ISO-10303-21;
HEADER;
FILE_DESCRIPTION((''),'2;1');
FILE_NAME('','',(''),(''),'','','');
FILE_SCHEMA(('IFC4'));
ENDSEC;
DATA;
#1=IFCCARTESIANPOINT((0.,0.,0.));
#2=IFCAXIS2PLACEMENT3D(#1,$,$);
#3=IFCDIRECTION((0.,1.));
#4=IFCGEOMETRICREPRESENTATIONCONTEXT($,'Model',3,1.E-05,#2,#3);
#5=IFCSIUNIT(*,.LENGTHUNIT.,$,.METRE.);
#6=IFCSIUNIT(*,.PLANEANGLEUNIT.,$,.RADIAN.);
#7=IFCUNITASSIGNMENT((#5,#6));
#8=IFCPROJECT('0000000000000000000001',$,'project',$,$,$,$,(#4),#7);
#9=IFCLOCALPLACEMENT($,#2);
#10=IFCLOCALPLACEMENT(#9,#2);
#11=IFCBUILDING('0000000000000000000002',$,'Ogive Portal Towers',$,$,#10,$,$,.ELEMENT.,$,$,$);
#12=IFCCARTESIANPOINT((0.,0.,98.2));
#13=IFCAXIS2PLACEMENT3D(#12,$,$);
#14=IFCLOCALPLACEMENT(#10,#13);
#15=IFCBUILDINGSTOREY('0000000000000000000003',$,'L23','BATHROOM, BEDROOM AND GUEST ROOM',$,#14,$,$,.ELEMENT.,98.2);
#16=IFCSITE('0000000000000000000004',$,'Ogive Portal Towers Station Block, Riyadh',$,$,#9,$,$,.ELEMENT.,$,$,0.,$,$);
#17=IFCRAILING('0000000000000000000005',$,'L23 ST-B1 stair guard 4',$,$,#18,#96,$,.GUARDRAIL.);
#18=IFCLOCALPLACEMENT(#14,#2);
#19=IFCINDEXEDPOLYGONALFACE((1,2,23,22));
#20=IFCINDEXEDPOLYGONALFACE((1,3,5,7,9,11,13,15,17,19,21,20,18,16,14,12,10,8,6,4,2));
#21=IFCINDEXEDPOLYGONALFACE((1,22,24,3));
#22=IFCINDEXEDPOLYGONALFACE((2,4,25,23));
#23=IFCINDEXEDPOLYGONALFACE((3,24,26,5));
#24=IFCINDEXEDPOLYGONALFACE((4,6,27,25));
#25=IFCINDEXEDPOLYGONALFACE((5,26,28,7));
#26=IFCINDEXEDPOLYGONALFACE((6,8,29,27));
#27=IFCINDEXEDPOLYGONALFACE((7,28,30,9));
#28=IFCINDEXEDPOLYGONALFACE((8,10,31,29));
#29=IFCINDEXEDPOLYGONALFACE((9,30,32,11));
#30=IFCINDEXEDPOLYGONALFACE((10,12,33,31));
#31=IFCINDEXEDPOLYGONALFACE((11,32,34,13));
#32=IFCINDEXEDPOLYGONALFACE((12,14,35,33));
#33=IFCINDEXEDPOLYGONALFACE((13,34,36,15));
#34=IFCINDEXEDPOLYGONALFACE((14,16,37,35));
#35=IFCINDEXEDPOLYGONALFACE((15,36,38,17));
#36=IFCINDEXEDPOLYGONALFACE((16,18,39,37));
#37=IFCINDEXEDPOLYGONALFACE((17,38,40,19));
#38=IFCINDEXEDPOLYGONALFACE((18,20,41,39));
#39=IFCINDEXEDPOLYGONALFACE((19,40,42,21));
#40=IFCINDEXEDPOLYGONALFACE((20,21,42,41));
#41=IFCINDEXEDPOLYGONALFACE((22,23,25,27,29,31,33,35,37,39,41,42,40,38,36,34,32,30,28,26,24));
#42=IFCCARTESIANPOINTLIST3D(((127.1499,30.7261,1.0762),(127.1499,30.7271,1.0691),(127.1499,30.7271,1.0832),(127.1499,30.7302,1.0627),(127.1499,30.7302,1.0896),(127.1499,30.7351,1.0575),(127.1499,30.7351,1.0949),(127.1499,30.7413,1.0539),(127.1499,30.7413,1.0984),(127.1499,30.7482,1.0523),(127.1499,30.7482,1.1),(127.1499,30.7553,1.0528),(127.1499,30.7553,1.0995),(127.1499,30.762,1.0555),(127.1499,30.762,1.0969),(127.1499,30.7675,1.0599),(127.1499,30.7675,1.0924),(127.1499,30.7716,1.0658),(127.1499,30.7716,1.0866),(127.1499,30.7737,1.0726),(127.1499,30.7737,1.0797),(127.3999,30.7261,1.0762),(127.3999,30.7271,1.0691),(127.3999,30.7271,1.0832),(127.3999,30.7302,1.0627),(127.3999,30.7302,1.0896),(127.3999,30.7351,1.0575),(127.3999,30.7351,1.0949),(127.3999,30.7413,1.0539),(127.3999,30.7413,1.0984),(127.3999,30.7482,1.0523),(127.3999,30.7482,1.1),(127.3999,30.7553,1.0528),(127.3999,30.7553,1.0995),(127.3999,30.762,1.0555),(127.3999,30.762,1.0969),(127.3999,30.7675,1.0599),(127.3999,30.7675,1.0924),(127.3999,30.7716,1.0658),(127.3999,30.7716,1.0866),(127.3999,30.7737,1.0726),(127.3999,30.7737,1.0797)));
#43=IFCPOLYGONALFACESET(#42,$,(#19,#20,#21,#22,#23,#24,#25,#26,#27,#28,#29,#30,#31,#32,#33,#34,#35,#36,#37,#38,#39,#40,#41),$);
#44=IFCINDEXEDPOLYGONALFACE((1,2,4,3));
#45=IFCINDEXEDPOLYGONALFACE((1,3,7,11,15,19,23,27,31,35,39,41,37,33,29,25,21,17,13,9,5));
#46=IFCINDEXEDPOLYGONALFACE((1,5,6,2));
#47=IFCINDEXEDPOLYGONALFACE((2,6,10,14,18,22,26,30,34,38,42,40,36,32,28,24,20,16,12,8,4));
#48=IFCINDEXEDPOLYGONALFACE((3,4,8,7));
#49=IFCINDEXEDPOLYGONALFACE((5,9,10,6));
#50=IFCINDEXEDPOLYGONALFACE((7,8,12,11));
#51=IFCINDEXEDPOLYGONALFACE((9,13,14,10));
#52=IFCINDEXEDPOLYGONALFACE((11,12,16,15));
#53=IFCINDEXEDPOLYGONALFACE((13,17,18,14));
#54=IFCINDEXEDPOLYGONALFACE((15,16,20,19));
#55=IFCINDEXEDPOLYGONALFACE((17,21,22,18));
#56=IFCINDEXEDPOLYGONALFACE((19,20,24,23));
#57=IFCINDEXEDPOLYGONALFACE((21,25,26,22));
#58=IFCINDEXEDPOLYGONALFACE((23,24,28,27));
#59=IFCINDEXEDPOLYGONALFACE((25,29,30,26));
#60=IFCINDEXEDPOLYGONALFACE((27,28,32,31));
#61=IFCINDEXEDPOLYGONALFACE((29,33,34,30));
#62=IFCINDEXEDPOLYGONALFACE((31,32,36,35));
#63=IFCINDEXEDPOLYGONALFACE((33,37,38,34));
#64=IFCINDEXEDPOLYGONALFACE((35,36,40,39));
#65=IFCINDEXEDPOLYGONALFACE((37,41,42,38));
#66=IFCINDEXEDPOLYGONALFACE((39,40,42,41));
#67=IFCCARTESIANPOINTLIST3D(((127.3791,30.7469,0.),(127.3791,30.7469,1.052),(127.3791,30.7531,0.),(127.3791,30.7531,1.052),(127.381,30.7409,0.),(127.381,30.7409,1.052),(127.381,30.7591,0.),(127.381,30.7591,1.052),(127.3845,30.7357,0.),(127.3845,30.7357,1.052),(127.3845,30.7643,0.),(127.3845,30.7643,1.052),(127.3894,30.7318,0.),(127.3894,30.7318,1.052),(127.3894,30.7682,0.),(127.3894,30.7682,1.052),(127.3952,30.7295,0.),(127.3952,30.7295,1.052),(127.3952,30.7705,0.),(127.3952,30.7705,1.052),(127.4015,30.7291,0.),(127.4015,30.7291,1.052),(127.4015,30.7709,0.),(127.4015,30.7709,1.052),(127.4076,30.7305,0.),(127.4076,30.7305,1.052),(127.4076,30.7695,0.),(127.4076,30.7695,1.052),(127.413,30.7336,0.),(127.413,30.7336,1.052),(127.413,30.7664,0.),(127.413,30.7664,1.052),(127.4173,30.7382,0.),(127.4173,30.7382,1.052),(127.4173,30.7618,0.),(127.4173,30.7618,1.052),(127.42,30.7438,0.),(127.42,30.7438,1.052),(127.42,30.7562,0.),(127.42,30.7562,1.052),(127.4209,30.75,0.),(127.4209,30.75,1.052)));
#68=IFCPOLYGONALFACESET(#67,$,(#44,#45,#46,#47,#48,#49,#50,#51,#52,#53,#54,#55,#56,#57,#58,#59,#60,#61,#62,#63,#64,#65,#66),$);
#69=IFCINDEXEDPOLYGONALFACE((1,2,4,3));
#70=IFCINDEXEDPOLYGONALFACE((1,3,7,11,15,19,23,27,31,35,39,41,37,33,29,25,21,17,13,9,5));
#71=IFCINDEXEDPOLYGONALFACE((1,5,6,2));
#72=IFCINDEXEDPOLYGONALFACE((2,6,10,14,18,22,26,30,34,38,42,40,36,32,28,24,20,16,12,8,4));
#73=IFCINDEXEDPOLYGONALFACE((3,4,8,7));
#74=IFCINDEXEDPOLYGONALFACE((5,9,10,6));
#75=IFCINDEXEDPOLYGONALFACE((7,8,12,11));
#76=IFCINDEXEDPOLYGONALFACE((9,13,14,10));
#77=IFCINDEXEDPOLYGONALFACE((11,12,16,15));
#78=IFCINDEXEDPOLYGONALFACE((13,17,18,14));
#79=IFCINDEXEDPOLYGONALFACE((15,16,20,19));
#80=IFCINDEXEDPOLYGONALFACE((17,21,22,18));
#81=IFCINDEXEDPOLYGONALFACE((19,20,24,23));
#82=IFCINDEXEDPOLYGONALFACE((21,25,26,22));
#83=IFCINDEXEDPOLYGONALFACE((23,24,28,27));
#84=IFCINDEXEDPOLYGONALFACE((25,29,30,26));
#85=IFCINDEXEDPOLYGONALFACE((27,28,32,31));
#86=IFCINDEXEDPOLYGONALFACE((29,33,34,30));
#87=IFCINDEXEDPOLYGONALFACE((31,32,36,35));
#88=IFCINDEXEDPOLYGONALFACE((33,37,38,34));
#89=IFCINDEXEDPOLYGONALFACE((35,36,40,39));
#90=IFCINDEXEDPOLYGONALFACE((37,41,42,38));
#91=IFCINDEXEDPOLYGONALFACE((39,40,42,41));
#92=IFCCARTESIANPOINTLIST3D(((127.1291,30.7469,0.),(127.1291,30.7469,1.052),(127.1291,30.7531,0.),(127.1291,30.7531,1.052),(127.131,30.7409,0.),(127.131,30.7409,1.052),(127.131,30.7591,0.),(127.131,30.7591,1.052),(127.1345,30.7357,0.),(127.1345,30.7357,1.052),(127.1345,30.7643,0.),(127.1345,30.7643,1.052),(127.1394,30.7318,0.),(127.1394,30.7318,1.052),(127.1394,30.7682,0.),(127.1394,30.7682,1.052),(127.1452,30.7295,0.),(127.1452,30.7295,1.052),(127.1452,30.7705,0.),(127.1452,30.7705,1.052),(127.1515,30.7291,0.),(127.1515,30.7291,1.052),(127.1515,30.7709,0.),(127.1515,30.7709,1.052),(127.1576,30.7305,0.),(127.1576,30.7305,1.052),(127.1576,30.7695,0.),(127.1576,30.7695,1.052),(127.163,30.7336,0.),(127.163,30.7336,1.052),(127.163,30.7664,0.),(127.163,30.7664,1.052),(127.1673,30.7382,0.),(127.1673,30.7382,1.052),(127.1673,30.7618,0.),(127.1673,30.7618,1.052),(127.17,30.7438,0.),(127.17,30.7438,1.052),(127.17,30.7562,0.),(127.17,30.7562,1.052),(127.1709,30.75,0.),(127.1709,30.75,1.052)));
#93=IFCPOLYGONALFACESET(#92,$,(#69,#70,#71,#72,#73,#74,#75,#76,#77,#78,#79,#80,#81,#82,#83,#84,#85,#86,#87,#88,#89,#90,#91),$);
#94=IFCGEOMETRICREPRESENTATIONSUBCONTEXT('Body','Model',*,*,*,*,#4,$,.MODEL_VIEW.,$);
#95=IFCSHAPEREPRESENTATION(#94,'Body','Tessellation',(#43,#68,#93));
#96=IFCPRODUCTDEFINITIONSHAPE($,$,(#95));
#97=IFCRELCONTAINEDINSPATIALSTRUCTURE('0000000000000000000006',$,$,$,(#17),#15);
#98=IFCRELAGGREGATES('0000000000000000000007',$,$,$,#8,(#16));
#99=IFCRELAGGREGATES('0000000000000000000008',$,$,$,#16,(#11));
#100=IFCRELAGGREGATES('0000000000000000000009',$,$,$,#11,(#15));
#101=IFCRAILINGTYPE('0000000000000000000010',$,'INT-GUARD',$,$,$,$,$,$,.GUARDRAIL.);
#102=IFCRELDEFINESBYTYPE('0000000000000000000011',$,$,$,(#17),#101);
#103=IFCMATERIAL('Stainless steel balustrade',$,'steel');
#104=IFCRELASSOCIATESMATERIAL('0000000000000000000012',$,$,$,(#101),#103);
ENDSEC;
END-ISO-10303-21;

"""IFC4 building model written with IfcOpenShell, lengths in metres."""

from ifc_helpers import new_model, si_unit, direction, frame, origin, origin_2d, place, context, subcontext, project, spatial, circle, extrude, material, type_object, element, save


model = new_model("IFC4")

# Units and contexts
model_context = context("Model", 3, precision=1e-05, world=origin(), true_north=direction((0.0, 1.0)))
body_context = subcontext(model_context, "Body", "Model", "MODEL_VIEW")
ifc_project = project(units=[si_unit("LENGTHUNIT", "METRE"), si_unit("PLANEANGLEUNIT", "RADIAN")], contexts=[model_context])

# Site, building, storey
site_placement = place(None, origin())
site = spatial("IfcSite", under=ifc_project, at=site_placement, Name="Ogive Portal Towers Station Block, Riyadh", CompositionType="ELEMENT", RefElevation=0.0)
building_placement = place(site_placement, origin())
building = spatial("IfcBuilding", under=site, at=building_placement, Name="Ogive Portal Towers", CompositionType="ELEMENT")
storey_placement = place(building_placement, frame((0.0, 0.0, 98.2)))
storey = spatial("IfcBuildingStorey", under=building, at=storey_placement, Name="L23", Description="BATHROOM, BEDROOM AND GUEST ROOM", CompositionType="ELEMENT", Elevation=98.2)

# Railing
ifc_material_1 = material(Name="Stainless steel balustrade", Category="steel")
railing_type_1 = type_object("IfcRailingType", Name="INT-GUARD", PredefinedType="GUARDRAIL", material=ifc_material_1)
railing_1_placement = place(storey_placement, frame((127.3999, 30.75, 0.0)))
element("IfcRailing", 1, at=railing_1_placement, inside=storey, type_object=railing_type_1, Name="L23 ST-B1 stair guard 4", PredefinedType="GUARDRAIL", context=body_context, shape_type="SweptSolid", body=[
    extrude(circle(Radius=0.0239, at=origin_2d()), frame((0.0, 0.0, 1.0762), z_axis=(-1.0, 0.0, 0.0), x_axis=(0.0, -1.0, 0.0)), (0.0, 0.0, 1.0), 0.25),
    extrude(circle(Radius=0.021, at=origin_2d()), origin(), (0.0, 0.0, 1.0), 1.052),
    extrude(circle(Radius=0.021, at=origin_2d()), frame((-0.25, 0.0, 0.0)), (0.0, 0.0, 1.0), 1.052),
])

save(model, "model.ifc")
